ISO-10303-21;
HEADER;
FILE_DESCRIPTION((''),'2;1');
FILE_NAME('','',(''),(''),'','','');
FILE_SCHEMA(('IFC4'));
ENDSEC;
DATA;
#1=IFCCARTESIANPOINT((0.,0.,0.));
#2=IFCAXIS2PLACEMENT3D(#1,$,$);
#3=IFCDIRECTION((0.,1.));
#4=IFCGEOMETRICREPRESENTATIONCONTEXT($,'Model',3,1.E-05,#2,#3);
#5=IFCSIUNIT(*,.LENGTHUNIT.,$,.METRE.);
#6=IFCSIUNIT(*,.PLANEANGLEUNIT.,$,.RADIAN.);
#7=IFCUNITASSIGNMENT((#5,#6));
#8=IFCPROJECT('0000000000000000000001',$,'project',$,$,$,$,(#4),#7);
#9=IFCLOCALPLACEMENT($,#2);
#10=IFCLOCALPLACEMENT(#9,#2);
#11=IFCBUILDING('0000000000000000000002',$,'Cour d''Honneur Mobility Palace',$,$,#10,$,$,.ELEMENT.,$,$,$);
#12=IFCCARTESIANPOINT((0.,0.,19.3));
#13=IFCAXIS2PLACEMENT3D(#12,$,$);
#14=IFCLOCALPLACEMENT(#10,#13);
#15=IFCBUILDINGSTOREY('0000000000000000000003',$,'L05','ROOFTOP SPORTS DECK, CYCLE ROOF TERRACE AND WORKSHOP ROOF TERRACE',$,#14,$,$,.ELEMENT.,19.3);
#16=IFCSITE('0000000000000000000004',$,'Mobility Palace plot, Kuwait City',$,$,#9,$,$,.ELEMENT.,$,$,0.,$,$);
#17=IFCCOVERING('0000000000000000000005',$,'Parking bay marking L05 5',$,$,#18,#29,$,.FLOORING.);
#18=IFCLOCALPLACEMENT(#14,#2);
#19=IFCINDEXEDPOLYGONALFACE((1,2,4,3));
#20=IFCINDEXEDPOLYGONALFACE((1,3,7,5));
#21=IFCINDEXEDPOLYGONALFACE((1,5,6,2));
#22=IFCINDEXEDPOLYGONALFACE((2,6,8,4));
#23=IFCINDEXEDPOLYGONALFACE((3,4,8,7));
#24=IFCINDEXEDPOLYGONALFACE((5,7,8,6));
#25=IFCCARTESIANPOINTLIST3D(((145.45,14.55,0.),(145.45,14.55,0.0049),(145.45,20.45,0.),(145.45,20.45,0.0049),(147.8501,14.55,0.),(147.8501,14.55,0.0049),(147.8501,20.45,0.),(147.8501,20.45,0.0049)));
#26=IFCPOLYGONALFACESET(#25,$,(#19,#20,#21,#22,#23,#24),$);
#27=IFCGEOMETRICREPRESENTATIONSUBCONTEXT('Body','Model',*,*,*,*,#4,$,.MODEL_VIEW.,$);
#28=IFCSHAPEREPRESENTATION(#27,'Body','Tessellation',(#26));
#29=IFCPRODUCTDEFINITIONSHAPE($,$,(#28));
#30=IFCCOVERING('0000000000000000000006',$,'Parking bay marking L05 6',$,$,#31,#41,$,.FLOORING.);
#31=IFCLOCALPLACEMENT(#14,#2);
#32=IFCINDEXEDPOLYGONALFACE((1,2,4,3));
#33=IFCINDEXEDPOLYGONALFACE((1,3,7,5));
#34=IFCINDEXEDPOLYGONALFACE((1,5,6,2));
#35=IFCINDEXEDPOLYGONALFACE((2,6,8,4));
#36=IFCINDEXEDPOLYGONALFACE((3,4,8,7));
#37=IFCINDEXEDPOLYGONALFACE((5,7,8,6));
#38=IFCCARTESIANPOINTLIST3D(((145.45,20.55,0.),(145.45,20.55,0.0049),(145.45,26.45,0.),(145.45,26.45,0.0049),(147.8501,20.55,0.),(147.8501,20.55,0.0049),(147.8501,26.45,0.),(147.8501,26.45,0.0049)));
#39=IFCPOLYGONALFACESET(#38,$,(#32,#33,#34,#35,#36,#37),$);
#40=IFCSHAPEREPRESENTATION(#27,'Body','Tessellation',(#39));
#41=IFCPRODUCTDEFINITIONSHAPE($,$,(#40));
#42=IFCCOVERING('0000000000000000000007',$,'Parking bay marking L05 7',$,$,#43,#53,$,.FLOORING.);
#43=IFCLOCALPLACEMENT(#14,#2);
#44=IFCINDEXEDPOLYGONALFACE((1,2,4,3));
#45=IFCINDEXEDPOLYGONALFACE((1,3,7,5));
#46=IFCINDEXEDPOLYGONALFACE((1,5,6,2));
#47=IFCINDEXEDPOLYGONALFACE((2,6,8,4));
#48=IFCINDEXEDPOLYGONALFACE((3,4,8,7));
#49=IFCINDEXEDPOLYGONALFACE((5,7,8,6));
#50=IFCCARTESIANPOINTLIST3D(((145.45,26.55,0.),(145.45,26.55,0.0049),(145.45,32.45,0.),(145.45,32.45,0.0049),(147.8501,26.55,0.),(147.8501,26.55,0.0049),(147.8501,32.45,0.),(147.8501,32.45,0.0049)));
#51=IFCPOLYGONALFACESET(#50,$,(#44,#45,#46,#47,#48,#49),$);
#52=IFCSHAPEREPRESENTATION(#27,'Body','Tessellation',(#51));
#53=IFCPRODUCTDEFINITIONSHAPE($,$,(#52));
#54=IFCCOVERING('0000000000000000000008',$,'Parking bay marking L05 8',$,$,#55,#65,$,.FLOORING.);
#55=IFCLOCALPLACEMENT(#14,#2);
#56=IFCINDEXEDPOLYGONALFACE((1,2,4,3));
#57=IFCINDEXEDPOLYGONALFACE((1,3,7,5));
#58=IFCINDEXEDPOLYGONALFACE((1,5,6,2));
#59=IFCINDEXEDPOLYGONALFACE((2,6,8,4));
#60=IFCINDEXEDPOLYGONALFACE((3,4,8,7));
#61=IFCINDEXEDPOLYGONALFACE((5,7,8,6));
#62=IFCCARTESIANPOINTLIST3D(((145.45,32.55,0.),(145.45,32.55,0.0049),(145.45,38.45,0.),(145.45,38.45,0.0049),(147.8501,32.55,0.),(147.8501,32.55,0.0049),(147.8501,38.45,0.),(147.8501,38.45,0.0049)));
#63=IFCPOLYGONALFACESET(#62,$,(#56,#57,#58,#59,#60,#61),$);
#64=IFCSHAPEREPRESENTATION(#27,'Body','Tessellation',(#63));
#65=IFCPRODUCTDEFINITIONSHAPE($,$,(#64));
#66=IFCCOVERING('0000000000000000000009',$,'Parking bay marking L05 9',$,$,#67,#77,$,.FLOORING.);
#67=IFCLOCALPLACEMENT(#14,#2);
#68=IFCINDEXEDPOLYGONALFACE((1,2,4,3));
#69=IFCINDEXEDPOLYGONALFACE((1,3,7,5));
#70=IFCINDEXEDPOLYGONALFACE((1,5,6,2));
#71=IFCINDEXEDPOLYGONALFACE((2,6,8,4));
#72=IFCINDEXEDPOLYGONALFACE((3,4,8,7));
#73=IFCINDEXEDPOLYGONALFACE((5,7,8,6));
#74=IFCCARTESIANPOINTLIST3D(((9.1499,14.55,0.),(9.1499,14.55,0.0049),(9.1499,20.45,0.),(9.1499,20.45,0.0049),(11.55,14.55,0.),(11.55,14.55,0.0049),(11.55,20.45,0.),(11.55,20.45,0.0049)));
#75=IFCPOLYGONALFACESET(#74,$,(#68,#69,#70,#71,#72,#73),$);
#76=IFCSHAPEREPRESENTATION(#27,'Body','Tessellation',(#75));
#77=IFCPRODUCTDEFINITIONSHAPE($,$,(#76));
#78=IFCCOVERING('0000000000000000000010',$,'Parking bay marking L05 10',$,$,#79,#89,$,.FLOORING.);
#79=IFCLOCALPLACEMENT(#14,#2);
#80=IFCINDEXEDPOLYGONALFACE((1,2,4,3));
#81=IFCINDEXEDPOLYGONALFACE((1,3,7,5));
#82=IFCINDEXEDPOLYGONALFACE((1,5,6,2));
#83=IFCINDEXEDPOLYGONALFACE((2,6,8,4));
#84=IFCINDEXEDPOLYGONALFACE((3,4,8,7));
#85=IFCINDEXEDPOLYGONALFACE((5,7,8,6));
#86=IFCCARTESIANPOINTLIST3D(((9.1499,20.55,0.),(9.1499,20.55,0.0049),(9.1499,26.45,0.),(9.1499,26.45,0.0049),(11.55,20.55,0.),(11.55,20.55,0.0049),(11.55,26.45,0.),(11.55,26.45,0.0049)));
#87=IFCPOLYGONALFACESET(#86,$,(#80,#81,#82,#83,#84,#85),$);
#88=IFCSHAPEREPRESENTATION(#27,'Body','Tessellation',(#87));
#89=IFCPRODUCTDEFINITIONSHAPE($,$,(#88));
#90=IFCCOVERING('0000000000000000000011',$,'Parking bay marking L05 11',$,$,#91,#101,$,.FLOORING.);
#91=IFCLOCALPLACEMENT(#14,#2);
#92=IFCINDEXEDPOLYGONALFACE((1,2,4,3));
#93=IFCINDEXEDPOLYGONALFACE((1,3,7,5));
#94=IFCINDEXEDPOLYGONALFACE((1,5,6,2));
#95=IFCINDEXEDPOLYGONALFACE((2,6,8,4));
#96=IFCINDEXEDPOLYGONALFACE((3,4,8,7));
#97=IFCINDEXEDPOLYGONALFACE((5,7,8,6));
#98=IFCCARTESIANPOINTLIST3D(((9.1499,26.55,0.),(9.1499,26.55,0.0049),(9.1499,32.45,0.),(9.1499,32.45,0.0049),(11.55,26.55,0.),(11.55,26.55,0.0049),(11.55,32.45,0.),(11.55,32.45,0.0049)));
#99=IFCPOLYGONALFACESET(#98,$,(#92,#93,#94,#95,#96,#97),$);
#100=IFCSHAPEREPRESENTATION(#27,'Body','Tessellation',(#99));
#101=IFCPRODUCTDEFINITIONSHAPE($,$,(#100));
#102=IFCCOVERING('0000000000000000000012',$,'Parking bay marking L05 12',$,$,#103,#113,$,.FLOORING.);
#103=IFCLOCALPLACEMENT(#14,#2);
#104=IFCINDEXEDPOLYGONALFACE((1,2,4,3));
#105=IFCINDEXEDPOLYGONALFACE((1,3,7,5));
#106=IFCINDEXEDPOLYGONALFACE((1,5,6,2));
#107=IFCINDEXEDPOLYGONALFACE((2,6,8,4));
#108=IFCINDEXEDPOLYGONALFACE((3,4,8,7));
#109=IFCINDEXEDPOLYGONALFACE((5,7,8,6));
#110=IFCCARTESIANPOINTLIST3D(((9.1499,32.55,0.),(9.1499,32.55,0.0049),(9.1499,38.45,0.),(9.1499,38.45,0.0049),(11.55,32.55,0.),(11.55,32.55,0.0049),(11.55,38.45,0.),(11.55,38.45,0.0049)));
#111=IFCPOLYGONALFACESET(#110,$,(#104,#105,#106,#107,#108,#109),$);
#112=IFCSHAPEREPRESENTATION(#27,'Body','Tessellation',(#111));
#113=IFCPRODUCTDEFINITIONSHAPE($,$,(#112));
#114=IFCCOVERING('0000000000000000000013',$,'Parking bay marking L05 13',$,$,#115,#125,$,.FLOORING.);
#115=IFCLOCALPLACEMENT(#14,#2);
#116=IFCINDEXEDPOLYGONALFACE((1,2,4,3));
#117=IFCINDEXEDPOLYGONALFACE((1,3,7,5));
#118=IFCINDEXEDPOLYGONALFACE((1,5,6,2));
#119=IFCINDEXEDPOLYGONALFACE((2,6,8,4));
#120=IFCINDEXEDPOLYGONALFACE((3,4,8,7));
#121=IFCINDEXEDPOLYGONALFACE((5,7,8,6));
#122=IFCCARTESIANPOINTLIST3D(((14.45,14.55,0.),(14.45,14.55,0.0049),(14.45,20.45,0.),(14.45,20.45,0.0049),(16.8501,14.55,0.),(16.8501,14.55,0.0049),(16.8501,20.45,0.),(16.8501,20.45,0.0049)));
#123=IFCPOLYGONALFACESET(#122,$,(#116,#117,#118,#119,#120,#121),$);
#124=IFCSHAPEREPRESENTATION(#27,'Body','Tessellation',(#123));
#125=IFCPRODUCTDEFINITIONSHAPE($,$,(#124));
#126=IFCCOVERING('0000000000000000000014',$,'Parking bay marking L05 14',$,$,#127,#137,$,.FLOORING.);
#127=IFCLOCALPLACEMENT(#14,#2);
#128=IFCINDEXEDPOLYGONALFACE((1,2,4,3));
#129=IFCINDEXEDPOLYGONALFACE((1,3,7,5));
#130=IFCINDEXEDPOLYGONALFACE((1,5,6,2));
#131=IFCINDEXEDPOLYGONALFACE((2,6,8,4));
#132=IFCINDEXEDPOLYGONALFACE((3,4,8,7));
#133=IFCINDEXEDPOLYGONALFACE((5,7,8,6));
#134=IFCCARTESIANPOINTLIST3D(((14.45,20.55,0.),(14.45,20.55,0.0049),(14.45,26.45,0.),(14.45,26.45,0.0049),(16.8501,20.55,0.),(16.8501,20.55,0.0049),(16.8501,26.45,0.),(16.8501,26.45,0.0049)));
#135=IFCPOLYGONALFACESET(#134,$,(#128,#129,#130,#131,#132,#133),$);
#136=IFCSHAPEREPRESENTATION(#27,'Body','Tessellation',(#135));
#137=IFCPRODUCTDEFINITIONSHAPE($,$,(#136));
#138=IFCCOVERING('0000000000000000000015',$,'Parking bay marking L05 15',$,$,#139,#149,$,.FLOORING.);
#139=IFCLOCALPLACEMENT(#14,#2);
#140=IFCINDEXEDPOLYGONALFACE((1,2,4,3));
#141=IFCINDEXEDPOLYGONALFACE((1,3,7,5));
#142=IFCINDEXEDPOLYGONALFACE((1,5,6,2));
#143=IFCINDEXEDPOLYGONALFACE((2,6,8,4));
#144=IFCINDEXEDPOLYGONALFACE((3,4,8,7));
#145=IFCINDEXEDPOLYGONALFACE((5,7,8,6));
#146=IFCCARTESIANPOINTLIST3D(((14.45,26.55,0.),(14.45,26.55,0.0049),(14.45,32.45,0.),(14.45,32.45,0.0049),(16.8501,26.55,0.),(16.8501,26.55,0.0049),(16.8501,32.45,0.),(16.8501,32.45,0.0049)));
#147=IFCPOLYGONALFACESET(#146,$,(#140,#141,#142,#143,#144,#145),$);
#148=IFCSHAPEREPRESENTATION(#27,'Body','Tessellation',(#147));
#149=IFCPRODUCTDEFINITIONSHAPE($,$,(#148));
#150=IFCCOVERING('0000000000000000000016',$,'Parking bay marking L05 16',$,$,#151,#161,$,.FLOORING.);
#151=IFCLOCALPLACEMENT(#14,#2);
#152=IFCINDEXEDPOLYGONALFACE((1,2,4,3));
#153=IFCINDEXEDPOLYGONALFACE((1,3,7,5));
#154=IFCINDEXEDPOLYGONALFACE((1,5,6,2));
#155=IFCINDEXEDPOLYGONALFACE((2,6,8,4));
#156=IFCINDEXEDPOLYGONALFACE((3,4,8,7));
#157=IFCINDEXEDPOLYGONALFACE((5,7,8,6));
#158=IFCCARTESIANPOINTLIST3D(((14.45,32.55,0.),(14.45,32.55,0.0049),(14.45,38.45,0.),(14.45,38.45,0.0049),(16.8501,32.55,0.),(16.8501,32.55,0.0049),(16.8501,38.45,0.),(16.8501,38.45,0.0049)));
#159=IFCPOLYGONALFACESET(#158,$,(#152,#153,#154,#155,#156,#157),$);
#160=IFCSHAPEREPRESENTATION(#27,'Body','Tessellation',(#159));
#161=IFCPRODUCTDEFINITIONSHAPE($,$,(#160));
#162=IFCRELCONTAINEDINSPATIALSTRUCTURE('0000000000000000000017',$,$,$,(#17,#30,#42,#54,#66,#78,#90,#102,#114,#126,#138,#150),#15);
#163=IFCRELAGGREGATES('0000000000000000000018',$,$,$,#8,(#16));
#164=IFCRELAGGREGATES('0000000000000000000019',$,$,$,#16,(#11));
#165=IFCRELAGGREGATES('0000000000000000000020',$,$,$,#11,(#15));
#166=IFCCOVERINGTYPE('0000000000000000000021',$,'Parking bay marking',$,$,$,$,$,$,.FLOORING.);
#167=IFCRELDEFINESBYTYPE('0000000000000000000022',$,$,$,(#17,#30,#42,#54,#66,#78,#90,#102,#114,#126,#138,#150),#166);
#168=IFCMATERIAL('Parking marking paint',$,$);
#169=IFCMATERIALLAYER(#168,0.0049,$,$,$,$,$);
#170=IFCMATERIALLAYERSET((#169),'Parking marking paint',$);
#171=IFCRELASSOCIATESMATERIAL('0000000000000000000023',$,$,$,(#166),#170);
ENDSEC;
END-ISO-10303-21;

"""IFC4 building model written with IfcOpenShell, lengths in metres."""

from ifc_helpers import new_model, si_unit, direction, frame, origin, place, context, subcontext, project, spatial, polyline, outline, extrude, material, layer, layer_set, type_object, element, save


model = new_model("IFC4")

# Units and contexts
model_context = context("Model", 3, precision=1e-05, world=origin(), true_north=direction((0.0, 1.0)))
body_context = subcontext(model_context, "Body", "Model", "MODEL_VIEW")
ifc_project = project(units=[si_unit("LENGTHUNIT", "METRE"), si_unit("PLANEANGLEUNIT", "RADIAN")], contexts=[model_context])

# Site, building, storey
site_placement = place(None, origin())
site = spatial("IfcSite", under=ifc_project, at=site_placement, Name="Mobility Palace plot, Kuwait City", CompositionType="ELEMENT", RefElevation=0.0)
building_placement = place(site_placement, origin())
building = spatial("IfcBuilding", under=site, at=building_placement, Name="Cour d'Honneur Mobility Palace", CompositionType="ELEMENT")
storey_placement = place(building_placement, frame((0.0, 0.0, 19.3)))
storey = spatial("IfcBuildingStorey", under=building, at=storey_placement, Name="L05", Description="ROOFTOP SPORTS DECK, CYCLE ROOF TERRACE AND WORKSHOP ROOF TERRACE", CompositionType="ELEMENT", Elevation=19.3)

# Coverings
ifc_material_1 = material(Name="Parking marking paint")
ifc_layer_1 = layer(ifc_material_1, 0.0049)
ifc_layer_set_1 = layer_set([ifc_layer_1], Name="Parking marking paint")
covering_type_1 = type_object("IfcCoveringType", Name="Parking bay marking", PredefinedType="FLOORING", material=ifc_layer_set_1)
covering_1_placement = place(storey_placement, origin())
element("IfcCovering", 1, at=covering_1_placement, inside=storey, type_object=covering_type_1, Name="Parking bay marking L05 5", PredefinedType="FLOORING", context=body_context, shape_type="SweptSolid", body=[
    extrude(outline(polyline([(147.8501, 14.55), (145.45, 14.55), (145.45, 20.45), (147.8501, 20.45), (147.8501, 14.55)])), origin(), (0.0, 0.0, 1.0), 0.0049),
])
covering_2_placement = place(storey_placement, origin())
element("IfcCovering", 2, at=covering_2_placement, inside=storey, type_object=covering_type_1, Name="Parking bay marking L05 6", PredefinedType="FLOORING", context=body_context, shape_type="SweptSolid", body=[
    extrude(outline(polyline([(147.8501, 20.55), (145.45, 20.55), (145.45, 26.45), (147.8501, 26.45), (147.8501, 20.55)])), origin(), (0.0, 0.0, 1.0), 0.0049),
])
covering_3_placement = place(storey_placement, origin())
element("IfcCovering", 3, at=covering_3_placement, inside=storey, type_object=covering_type_1, Name="Parking bay marking L05 7", PredefinedType="FLOORING", context=body_context, shape_type="SweptSolid", body=[
    extrude(outline(polyline([(147.8501, 26.55), (145.45, 26.55), (145.45, 32.45), (147.8501, 32.45), (147.8501, 26.55)])), origin(), (0.0, 0.0, 1.0), 0.0049),
])
covering_4_placement = place(storey_placement, origin())
element("IfcCovering", 4, at=covering_4_placement, inside=storey, type_object=covering_type_1, Name="Parking bay marking L05 8", PredefinedType="FLOORING", context=body_context, shape_type="SweptSolid", body=[
    extrude(outline(polyline([(147.8501, 32.55), (145.45, 32.55), (145.45, 38.45), (147.8501, 38.45), (147.8501, 32.55)])), origin(), (0.0, 0.0, 1.0), 0.0049),
])
covering_5_placement = place(storey_placement, origin())
element("IfcCovering", 5, at=covering_5_placement, inside=storey, type_object=covering_type_1, Name="Parking bay marking L05 9", PredefinedType="FLOORING", context=body_context, shape_type="SweptSolid", body=[
    extrude(outline(polyline([(11.55, 14.55), (9.1499, 14.55), (9.1499, 20.45), (11.55, 20.45), (11.55, 14.55)])), origin(), (0.0, 0.0, 1.0), 0.0049),
])
covering_6_placement = place(storey_placement, origin())
element("IfcCovering", 6, at=covering_6_placement, inside=storey, type_object=covering_type_1, Name="Parking bay marking L05 10", PredefinedType="FLOORING", context=body_context, shape_type="SweptSolid", body=[
    extrude(outline(polyline([(11.55, 20.55), (9.1499, 20.55), (9.1499, 26.45), (11.55, 26.45), (11.55, 20.55)])), origin(), (0.0, 0.0, 1.0), 0.0049),
])
covering_7_placement = place(storey_placement, origin())
element("IfcCovering", 7, at=covering_7_placement, inside=storey, type_object=covering_type_1, Name="Parking bay marking L05 11", PredefinedType="FLOORING", context=body_context, shape_type="SweptSolid", body=[
    extrude(outline(polyline([(11.55, 26.55), (9.1499, 26.55), (9.1499, 32.45), (11.55, 32.45), (11.55, 26.55)])), origin(), (0.0, 0.0, 1.0), 0.0049),
])
covering_8_placement = place(storey_placement, origin())
element("IfcCovering", 8, at=covering_8_placement, inside=storey, type_object=covering_type_1, Name="Parking bay marking L05 12", PredefinedType="FLOORING", context=body_context, shape_type="SweptSolid", body=[
    extrude(outline(polyline([(11.55, 32.55), (9.1499, 32.55), (9.1499, 38.45), (11.55, 38.45), (11.55, 32.55)])), origin(), (0.0, 0.0, 1.0), 0.0049),
])
covering_9_placement = place(storey_placement, origin())
element("IfcCovering", 9, at=covering_9_placement, inside=storey, type_object=covering_type_1, Name="Parking bay marking L05 13", PredefinedType="FLOORING", context=body_context, shape_type="SweptSolid", body=[
    extrude(outline(polyline([(16.8501, 14.55), (14.45, 14.55), (14.45, 20.45), (16.8501, 20.45), (16.8501, 14.55)])), origin(), (0.0, 0.0, 1.0), 0.0049),
])
covering_10_placement = place(storey_placement, origin())
element("IfcCovering", 10, at=covering_10_placement, inside=storey, type_object=covering_type_1, Name="Parking bay marking L05 14", PredefinedType="FLOORING", context=body_context, shape_type="SweptSolid", body=[
    extrude(outline(polyline([(16.8501, 20.55), (14.45, 20.55), (14.45, 26.45), (16.8501, 26.45), (16.8501, 20.55)])), origin(), (0.0, 0.0, 1.0), 0.0049),
])
covering_11_placement = place(storey_placement, origin())
element("IfcCovering", 11, at=covering_11_placement, inside=storey, type_object=covering_type_1, Name="Parking bay marking L05 15", PredefinedType="FLOORING", context=body_context, shape_type="SweptSolid", body=[
    extrude(outline(polyline([(16.8501, 26.55), (14.45, 26.55), (14.45, 32.45), (16.8501, 32.45), (16.8501, 26.55)])), origin(), (0.0, 0.0, 1.0), 0.0049),
])
covering_12_placement = place(storey_placement, origin())
element("IfcCovering", 12, at=covering_12_placement, inside=storey, type_object=covering_type_1, Name="Parking bay marking L05 16", PredefinedType="FLOORING", context=body_context, shape_type="SweptSolid", body=[
    extrude(outline(polyline([(16.8501, 32.55), (14.45, 32.55), (14.45, 38.45), (16.8501, 38.45), (16.8501, 32.55)])), origin(), (0.0, 0.0, 1.0), 0.0049),
])

save(model, "model.ifc")
